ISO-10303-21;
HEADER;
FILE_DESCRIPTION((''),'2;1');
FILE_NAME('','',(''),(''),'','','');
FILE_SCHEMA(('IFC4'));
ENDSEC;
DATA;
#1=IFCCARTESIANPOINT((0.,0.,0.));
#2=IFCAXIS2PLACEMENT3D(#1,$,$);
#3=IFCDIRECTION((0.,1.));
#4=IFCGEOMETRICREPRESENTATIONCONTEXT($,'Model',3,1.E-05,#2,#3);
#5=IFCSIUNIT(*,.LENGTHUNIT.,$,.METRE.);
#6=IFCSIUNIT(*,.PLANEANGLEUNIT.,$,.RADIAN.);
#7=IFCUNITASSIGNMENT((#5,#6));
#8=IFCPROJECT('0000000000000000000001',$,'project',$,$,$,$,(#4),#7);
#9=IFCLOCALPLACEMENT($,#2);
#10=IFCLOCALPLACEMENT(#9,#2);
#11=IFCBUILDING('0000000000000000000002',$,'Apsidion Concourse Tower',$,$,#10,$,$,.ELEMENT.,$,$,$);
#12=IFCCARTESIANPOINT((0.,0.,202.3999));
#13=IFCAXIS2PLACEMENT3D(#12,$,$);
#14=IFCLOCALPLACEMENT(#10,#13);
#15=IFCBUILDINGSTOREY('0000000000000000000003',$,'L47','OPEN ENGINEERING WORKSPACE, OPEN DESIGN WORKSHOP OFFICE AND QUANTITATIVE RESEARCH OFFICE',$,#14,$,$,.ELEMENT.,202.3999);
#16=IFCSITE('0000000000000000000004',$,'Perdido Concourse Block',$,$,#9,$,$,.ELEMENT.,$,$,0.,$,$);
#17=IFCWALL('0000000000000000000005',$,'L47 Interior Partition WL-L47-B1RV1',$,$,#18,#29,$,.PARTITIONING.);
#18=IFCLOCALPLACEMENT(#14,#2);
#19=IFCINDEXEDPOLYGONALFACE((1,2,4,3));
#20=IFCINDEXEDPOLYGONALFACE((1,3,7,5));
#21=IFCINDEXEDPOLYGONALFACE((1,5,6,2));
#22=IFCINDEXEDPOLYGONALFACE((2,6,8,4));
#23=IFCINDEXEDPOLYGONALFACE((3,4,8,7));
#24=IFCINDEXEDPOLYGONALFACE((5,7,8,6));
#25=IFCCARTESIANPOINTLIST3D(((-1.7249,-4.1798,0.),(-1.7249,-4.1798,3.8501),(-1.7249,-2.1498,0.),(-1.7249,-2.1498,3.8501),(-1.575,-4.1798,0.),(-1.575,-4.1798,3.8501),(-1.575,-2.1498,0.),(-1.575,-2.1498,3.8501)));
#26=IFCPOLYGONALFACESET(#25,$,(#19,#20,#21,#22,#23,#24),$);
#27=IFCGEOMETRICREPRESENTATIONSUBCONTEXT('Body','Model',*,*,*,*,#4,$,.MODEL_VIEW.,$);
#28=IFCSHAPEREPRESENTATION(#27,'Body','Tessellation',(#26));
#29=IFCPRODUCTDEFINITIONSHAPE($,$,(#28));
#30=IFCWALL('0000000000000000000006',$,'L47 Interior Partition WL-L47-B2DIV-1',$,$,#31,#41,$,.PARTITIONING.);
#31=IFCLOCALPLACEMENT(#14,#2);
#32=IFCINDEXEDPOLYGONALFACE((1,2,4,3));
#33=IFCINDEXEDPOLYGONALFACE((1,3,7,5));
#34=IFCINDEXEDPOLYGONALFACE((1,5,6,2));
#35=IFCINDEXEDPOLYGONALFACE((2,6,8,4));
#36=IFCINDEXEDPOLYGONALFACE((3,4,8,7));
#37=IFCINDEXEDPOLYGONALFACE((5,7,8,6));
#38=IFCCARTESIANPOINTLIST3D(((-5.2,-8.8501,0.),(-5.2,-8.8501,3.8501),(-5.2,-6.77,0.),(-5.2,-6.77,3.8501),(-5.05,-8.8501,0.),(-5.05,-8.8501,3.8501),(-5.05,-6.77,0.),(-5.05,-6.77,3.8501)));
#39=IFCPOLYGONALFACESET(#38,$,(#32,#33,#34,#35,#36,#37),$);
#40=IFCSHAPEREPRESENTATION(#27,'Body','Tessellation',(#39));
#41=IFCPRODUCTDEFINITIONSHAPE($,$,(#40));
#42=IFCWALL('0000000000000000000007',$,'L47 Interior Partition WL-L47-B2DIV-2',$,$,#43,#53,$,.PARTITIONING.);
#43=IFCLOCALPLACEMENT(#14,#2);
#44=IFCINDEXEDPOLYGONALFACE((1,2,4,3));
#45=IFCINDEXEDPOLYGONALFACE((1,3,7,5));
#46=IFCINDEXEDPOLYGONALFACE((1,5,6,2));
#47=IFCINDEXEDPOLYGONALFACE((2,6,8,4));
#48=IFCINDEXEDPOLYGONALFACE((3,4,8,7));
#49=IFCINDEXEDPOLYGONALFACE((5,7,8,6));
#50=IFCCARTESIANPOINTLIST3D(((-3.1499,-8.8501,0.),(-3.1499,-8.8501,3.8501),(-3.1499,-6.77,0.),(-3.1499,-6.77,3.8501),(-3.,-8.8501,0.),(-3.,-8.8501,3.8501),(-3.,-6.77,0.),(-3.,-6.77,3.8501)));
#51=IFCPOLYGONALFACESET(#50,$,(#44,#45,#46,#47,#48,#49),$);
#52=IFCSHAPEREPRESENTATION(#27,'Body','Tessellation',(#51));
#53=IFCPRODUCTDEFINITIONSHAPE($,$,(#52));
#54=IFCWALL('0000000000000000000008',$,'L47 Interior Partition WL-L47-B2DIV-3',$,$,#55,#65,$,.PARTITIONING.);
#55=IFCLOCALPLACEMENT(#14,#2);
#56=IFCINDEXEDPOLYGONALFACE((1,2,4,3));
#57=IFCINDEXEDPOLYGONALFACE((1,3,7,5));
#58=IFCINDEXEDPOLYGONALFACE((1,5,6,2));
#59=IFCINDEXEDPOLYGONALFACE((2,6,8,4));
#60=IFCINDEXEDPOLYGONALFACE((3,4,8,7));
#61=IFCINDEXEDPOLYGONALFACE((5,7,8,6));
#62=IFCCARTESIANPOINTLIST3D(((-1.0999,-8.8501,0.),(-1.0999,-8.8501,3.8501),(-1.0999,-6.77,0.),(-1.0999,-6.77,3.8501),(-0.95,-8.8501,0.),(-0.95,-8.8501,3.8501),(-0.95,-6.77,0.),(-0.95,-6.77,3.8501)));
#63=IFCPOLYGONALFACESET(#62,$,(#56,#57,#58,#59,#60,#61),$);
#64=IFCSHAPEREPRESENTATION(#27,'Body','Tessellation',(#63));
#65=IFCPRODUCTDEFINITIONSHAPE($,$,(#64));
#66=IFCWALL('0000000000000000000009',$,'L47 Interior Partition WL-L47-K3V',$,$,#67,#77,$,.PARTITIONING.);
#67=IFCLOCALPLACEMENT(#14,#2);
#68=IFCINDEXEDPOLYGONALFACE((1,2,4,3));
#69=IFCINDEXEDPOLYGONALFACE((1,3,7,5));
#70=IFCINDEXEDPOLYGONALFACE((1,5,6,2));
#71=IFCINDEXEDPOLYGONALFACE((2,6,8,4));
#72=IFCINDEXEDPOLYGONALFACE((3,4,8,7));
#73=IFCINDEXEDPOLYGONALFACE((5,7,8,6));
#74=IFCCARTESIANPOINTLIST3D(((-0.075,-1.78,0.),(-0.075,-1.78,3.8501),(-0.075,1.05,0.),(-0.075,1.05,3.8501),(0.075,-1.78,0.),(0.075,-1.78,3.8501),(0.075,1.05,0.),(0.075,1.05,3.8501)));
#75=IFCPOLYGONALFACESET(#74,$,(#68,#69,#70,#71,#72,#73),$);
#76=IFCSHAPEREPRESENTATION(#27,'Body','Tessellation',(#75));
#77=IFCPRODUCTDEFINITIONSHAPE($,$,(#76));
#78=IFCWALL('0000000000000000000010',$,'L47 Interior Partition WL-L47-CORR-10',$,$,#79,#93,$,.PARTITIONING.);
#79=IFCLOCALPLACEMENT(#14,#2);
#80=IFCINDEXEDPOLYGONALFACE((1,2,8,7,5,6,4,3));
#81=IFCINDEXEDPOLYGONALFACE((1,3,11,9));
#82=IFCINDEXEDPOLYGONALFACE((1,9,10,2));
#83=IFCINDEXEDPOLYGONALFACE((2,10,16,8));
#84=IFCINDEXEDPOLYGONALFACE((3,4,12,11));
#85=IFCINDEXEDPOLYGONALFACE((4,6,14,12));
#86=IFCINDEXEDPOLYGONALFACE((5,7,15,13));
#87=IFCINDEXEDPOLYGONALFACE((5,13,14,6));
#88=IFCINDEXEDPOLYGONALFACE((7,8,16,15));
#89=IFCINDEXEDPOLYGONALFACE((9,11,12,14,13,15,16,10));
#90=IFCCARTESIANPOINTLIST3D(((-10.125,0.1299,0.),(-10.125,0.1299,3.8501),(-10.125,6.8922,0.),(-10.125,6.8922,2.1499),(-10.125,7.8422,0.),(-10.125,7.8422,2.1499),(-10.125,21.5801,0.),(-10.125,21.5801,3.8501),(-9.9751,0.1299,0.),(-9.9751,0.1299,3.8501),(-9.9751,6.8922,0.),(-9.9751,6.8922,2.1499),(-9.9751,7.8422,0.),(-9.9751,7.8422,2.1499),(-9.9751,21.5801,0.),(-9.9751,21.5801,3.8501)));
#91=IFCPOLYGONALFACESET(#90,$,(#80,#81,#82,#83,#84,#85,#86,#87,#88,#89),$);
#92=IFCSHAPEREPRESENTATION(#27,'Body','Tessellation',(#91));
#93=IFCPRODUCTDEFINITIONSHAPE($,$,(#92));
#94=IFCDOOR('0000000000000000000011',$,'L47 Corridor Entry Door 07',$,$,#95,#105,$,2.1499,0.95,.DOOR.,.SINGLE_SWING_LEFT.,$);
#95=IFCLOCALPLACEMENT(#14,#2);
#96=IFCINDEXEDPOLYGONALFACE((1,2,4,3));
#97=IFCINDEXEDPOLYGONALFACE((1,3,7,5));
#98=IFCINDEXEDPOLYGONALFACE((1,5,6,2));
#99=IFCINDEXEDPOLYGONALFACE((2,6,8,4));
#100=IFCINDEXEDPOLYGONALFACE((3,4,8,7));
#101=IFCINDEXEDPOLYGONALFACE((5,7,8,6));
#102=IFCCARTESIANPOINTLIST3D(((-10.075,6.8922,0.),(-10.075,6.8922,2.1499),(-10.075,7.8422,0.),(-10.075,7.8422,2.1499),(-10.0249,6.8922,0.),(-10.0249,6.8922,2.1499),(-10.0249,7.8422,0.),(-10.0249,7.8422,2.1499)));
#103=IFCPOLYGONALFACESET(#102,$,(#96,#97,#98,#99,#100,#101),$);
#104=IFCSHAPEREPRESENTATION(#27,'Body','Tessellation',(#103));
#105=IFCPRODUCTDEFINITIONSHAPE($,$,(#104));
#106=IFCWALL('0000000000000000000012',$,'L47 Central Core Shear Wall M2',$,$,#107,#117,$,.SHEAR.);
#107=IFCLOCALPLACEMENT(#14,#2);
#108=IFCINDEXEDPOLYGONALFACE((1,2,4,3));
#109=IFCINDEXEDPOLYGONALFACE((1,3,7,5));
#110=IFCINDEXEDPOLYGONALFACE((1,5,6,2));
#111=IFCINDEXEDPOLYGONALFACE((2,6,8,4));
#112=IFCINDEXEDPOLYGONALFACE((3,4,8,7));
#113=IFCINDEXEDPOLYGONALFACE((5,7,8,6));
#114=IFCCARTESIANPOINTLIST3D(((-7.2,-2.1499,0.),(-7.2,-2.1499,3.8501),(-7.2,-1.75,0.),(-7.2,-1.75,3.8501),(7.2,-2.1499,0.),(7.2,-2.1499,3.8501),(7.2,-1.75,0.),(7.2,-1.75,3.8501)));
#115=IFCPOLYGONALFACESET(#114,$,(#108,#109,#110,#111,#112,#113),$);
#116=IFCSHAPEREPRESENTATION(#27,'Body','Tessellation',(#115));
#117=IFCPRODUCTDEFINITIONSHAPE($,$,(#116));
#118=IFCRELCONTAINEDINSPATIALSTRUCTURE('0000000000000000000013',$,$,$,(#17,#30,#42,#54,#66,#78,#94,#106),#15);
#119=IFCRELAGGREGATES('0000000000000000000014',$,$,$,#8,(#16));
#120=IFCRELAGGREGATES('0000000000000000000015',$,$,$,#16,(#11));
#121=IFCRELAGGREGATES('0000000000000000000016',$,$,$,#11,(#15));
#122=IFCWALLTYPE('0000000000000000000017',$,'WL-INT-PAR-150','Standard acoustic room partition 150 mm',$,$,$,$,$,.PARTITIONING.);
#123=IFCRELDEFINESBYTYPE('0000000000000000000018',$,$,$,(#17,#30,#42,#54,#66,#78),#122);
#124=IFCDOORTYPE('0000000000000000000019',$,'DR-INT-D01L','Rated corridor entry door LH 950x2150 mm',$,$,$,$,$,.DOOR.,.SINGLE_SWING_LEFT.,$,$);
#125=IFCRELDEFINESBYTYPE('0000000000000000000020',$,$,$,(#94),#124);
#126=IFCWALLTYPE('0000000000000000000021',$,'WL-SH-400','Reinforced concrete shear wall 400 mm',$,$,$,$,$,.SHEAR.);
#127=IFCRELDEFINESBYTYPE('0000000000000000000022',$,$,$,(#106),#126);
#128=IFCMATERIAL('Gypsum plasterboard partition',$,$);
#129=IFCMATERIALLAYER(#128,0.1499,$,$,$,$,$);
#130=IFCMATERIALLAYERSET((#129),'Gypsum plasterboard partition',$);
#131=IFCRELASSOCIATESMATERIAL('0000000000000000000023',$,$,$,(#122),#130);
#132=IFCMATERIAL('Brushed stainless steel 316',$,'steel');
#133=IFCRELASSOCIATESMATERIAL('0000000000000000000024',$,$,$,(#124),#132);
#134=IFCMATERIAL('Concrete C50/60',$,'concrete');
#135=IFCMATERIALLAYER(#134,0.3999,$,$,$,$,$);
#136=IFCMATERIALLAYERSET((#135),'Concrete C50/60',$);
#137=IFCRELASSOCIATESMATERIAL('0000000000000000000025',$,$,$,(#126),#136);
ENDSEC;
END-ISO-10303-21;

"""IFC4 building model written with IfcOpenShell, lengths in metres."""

from ifc_helpers import new_model, si_unit, direction, frame, frame_2d, origin, place, context, subcontext, project, spatial, rectangle, extrude, material, layer, layer_set, type_object, element, fill, save


model = new_model("IFC4")

# Units and contexts
model_context = context("Model", 3, precision=1e-05, world=origin(), true_north=direction((0.0, 1.0)))
body_context = subcontext(model_context, "Body", "Model", "MODEL_VIEW")
ifc_project = project(units=[si_unit("LENGTHUNIT", "METRE"), si_unit("PLANEANGLEUNIT", "RADIAN")], contexts=[model_context])

# Site, building, storey
site_placement = place(None, origin())
site = spatial("IfcSite", under=ifc_project, at=site_placement, Name="Perdido Concourse Block", CompositionType="ELEMENT", RefElevation=0.0)
building_placement = place(site_placement, origin())
building = spatial("IfcBuilding", under=site, at=building_placement, Name="Apsidion Concourse Tower", CompositionType="ELEMENT")
storey_placement = place(building_placement, frame((0.0, 0.0, 202.3999)))
storey = spatial("IfcBuildingStorey", under=building, at=storey_placement, Name="L47", Description="OPEN ENGINEERING WORKSPACE, OPEN DESIGN WORKSHOP OFFICE AND QUANTITATIVE RESEARCH OFFICE", CompositionType="ELEMENT", Elevation=202.3999)

# Walls
ifc_material_1 = material(Name="Gypsum plasterboard partition")
ifc_layer_1 = layer(ifc_material_1, 0.1499)
ifc_layer_set_1 = layer_set([ifc_layer_1], Name="Gypsum plasterboard partition")
wall_type_1 = type_object("IfcWallType", Name="WL-INT-PAR-150", Description="Standard acoustic room partition 150 mm", PredefinedType="PARTITIONING", material=ifc_layer_set_1)
wall_1_placement = place(storey_placement, frame((-1.6499, -4.1799, 0.0), z_axis=(0.0, 0.0, 1.0), x_axis=(0.0, 1.0, 0.0)))
element("IfcWall", 1, at=wall_1_placement, inside=storey, type_object=wall_type_1, Name="L47 Interior Partition WL-L47-B1RV1", PredefinedType="PARTITIONING", context=body_context, shape_type="SweptSolid", body=[
    extrude(rectangle(XDim=2.03, YDim=0.1499, at=frame_2d((1.0151, 0.0))), origin(), (0.0, 0.0, 1.0), 3.8501),
])
for number, where, z_axis, x_axis, name in (
    (2, (-5.125, -8.8501, 0.0), (0.0, 0.0, 1.0), (0.0, 1.0, 0.0), "L47 Interior Partition WL-L47-B2DIV-1"),
    (3, (-3.075, -8.8501, 0.0), (0.0, 0.0, 1.0), (0.0, 1.0, 0.0), "L47 Interior Partition WL-L47-B2DIV-2"),
    (4, (-1.0249, -8.8501, 0.0), (0.0, 0.0, 1.0), (0.0, 1.0, 0.0), "L47 Interior Partition WL-L47-B2DIV-3"),
):
    element("IfcWall", number, at=place(storey_placement, frame(where, z_axis=z_axis, x_axis=x_axis)), inside=storey, type_object=wall_type_1, Name=name, PredefinedType="PARTITIONING", context=body_context, shape_type="SweptSolid", body=[
        extrude(rectangle(XDim=2.0801, YDim=0.1499, at=frame_2d((1.04, 0.0))), origin(), (0.0, 0.0, 1.0), 3.8501),
    ])
wall_2_placement = place(storey_placement, frame((0.0, -1.78, 0.0), z_axis=(0.0, 0.0, 1.0), x_axis=(0.0, 1.0, 0.0)))
element("IfcWall", 5, at=wall_2_placement, inside=storey, type_object=wall_type_1, Name="L47 Interior Partition WL-L47-K3V", PredefinedType="PARTITIONING", context=body_context, shape_type="SweptSolid", body=[
    extrude(rectangle(XDim=2.8301, YDim=0.1499, at=frame_2d((1.415, 0.0))), origin(), (0.0, 0.0, 1.0), 3.8501),
])

# Wall, opening, door
wall_3_placement = place(storey_placement, frame((-10.05, 0.1299, 0.0), z_axis=(0.0, 0.0, 1.0), x_axis=(0.0, 1.0, 0.0)))
wall_3 = element("IfcWall", 6, at=wall_3_placement, inside=storey, type_object=wall_type_1, Name="L47 Interior Partition WL-L47-CORR-10", PredefinedType="PARTITIONING", context=body_context, shape_type="SweptSolid", body=[
    extrude(rectangle(XDim=21.4502, YDim=0.1499, at=frame_2d((10.7251, 0.0))), origin(), (0.0, 0.0, 1.0), 3.8501),
])
opening_1_placement = place(wall_3_placement, frame((6.7622, 0.0, 0.0)))
opening_1 = element("IfcOpeningElement", 7, at=opening_1_placement, cuts=wall_3, PredefinedType="OPENING", context=body_context, shape_type="SweptSolid", body=[
    extrude(rectangle(XDim=0.95, YDim=2.1499, at=frame_2d((0.4751, 1.075))), frame((0.0, 0.085, 0.0), z_axis=(0.0, -1.0, 0.0), x_axis=(1.0, 0.0, 0.0)), (0.0, 0.0, 1.0), 0.1699),
])
ifc_material_2 = material(Name="Brushed stainless steel 316", Category="steel")
door_type_1 = type_object("IfcDoorType", Name="DR-INT-D01L", Description="Rated corridor entry door LH 950x2150 mm", OperationType="SINGLE_SWING_LEFT", PredefinedType="DOOR", material=ifc_material_2)
door_1_placement = place(opening_1_placement, origin())
door_1 = element("IfcDoor", 8, at=door_1_placement, inside=storey, type_object=door_type_1, Name="L47 Corridor Entry Door 07", OperationType="SINGLE_SWING_LEFT", OverallHeight=2.1499, OverallWidth=0.95, PredefinedType="DOOR", context=body_context, shape_type="SweptSolid", body=[
    extrude(rectangle(XDim=0.95, YDim=2.1499, at=frame_2d((0.4751, 1.075))), frame((0.0, 0.0249, 0.0), z_axis=(0.0, -1.0, 0.0), x_axis=(1.0, 0.0, 0.0)), (0.0, 0.0, 1.0), 0.05),
])
fill(opening_1, door_1)

# Wall
ifc_material_3 = material(Name="Concrete C50/60", Category="concrete")
ifc_layer_2 = layer(ifc_material_3, 0.3999)
ifc_layer_set_2 = layer_set([ifc_layer_2], Name="Concrete C50/60")
wall_type_2 = type_object("IfcWallType", Name="WL-SH-400", Description="Reinforced concrete shear wall 400 mm", PredefinedType="SHEAR", material=ifc_layer_set_2)
wall_4_placement = place(storey_placement, frame((-7.2, -1.95, 0.0), z_axis=(0.0, 0.0, 1.0), x_axis=(1.0, 0.0, 0.0)))
element("IfcWall", 9, at=wall_4_placement, inside=storey, type_object=wall_type_2, Name="L47 Central Core Shear Wall M2", PredefinedType="SHEAR", context=body_context, shape_type="SweptSolid", body=[
    extrude(rectangle(XDim=14.3999, YDim=0.3999, at=frame_2d((7.2, 0.0))), origin(), (0.0, 0.0, 1.0), 3.8501),
])

save(model, "model.ifc")
